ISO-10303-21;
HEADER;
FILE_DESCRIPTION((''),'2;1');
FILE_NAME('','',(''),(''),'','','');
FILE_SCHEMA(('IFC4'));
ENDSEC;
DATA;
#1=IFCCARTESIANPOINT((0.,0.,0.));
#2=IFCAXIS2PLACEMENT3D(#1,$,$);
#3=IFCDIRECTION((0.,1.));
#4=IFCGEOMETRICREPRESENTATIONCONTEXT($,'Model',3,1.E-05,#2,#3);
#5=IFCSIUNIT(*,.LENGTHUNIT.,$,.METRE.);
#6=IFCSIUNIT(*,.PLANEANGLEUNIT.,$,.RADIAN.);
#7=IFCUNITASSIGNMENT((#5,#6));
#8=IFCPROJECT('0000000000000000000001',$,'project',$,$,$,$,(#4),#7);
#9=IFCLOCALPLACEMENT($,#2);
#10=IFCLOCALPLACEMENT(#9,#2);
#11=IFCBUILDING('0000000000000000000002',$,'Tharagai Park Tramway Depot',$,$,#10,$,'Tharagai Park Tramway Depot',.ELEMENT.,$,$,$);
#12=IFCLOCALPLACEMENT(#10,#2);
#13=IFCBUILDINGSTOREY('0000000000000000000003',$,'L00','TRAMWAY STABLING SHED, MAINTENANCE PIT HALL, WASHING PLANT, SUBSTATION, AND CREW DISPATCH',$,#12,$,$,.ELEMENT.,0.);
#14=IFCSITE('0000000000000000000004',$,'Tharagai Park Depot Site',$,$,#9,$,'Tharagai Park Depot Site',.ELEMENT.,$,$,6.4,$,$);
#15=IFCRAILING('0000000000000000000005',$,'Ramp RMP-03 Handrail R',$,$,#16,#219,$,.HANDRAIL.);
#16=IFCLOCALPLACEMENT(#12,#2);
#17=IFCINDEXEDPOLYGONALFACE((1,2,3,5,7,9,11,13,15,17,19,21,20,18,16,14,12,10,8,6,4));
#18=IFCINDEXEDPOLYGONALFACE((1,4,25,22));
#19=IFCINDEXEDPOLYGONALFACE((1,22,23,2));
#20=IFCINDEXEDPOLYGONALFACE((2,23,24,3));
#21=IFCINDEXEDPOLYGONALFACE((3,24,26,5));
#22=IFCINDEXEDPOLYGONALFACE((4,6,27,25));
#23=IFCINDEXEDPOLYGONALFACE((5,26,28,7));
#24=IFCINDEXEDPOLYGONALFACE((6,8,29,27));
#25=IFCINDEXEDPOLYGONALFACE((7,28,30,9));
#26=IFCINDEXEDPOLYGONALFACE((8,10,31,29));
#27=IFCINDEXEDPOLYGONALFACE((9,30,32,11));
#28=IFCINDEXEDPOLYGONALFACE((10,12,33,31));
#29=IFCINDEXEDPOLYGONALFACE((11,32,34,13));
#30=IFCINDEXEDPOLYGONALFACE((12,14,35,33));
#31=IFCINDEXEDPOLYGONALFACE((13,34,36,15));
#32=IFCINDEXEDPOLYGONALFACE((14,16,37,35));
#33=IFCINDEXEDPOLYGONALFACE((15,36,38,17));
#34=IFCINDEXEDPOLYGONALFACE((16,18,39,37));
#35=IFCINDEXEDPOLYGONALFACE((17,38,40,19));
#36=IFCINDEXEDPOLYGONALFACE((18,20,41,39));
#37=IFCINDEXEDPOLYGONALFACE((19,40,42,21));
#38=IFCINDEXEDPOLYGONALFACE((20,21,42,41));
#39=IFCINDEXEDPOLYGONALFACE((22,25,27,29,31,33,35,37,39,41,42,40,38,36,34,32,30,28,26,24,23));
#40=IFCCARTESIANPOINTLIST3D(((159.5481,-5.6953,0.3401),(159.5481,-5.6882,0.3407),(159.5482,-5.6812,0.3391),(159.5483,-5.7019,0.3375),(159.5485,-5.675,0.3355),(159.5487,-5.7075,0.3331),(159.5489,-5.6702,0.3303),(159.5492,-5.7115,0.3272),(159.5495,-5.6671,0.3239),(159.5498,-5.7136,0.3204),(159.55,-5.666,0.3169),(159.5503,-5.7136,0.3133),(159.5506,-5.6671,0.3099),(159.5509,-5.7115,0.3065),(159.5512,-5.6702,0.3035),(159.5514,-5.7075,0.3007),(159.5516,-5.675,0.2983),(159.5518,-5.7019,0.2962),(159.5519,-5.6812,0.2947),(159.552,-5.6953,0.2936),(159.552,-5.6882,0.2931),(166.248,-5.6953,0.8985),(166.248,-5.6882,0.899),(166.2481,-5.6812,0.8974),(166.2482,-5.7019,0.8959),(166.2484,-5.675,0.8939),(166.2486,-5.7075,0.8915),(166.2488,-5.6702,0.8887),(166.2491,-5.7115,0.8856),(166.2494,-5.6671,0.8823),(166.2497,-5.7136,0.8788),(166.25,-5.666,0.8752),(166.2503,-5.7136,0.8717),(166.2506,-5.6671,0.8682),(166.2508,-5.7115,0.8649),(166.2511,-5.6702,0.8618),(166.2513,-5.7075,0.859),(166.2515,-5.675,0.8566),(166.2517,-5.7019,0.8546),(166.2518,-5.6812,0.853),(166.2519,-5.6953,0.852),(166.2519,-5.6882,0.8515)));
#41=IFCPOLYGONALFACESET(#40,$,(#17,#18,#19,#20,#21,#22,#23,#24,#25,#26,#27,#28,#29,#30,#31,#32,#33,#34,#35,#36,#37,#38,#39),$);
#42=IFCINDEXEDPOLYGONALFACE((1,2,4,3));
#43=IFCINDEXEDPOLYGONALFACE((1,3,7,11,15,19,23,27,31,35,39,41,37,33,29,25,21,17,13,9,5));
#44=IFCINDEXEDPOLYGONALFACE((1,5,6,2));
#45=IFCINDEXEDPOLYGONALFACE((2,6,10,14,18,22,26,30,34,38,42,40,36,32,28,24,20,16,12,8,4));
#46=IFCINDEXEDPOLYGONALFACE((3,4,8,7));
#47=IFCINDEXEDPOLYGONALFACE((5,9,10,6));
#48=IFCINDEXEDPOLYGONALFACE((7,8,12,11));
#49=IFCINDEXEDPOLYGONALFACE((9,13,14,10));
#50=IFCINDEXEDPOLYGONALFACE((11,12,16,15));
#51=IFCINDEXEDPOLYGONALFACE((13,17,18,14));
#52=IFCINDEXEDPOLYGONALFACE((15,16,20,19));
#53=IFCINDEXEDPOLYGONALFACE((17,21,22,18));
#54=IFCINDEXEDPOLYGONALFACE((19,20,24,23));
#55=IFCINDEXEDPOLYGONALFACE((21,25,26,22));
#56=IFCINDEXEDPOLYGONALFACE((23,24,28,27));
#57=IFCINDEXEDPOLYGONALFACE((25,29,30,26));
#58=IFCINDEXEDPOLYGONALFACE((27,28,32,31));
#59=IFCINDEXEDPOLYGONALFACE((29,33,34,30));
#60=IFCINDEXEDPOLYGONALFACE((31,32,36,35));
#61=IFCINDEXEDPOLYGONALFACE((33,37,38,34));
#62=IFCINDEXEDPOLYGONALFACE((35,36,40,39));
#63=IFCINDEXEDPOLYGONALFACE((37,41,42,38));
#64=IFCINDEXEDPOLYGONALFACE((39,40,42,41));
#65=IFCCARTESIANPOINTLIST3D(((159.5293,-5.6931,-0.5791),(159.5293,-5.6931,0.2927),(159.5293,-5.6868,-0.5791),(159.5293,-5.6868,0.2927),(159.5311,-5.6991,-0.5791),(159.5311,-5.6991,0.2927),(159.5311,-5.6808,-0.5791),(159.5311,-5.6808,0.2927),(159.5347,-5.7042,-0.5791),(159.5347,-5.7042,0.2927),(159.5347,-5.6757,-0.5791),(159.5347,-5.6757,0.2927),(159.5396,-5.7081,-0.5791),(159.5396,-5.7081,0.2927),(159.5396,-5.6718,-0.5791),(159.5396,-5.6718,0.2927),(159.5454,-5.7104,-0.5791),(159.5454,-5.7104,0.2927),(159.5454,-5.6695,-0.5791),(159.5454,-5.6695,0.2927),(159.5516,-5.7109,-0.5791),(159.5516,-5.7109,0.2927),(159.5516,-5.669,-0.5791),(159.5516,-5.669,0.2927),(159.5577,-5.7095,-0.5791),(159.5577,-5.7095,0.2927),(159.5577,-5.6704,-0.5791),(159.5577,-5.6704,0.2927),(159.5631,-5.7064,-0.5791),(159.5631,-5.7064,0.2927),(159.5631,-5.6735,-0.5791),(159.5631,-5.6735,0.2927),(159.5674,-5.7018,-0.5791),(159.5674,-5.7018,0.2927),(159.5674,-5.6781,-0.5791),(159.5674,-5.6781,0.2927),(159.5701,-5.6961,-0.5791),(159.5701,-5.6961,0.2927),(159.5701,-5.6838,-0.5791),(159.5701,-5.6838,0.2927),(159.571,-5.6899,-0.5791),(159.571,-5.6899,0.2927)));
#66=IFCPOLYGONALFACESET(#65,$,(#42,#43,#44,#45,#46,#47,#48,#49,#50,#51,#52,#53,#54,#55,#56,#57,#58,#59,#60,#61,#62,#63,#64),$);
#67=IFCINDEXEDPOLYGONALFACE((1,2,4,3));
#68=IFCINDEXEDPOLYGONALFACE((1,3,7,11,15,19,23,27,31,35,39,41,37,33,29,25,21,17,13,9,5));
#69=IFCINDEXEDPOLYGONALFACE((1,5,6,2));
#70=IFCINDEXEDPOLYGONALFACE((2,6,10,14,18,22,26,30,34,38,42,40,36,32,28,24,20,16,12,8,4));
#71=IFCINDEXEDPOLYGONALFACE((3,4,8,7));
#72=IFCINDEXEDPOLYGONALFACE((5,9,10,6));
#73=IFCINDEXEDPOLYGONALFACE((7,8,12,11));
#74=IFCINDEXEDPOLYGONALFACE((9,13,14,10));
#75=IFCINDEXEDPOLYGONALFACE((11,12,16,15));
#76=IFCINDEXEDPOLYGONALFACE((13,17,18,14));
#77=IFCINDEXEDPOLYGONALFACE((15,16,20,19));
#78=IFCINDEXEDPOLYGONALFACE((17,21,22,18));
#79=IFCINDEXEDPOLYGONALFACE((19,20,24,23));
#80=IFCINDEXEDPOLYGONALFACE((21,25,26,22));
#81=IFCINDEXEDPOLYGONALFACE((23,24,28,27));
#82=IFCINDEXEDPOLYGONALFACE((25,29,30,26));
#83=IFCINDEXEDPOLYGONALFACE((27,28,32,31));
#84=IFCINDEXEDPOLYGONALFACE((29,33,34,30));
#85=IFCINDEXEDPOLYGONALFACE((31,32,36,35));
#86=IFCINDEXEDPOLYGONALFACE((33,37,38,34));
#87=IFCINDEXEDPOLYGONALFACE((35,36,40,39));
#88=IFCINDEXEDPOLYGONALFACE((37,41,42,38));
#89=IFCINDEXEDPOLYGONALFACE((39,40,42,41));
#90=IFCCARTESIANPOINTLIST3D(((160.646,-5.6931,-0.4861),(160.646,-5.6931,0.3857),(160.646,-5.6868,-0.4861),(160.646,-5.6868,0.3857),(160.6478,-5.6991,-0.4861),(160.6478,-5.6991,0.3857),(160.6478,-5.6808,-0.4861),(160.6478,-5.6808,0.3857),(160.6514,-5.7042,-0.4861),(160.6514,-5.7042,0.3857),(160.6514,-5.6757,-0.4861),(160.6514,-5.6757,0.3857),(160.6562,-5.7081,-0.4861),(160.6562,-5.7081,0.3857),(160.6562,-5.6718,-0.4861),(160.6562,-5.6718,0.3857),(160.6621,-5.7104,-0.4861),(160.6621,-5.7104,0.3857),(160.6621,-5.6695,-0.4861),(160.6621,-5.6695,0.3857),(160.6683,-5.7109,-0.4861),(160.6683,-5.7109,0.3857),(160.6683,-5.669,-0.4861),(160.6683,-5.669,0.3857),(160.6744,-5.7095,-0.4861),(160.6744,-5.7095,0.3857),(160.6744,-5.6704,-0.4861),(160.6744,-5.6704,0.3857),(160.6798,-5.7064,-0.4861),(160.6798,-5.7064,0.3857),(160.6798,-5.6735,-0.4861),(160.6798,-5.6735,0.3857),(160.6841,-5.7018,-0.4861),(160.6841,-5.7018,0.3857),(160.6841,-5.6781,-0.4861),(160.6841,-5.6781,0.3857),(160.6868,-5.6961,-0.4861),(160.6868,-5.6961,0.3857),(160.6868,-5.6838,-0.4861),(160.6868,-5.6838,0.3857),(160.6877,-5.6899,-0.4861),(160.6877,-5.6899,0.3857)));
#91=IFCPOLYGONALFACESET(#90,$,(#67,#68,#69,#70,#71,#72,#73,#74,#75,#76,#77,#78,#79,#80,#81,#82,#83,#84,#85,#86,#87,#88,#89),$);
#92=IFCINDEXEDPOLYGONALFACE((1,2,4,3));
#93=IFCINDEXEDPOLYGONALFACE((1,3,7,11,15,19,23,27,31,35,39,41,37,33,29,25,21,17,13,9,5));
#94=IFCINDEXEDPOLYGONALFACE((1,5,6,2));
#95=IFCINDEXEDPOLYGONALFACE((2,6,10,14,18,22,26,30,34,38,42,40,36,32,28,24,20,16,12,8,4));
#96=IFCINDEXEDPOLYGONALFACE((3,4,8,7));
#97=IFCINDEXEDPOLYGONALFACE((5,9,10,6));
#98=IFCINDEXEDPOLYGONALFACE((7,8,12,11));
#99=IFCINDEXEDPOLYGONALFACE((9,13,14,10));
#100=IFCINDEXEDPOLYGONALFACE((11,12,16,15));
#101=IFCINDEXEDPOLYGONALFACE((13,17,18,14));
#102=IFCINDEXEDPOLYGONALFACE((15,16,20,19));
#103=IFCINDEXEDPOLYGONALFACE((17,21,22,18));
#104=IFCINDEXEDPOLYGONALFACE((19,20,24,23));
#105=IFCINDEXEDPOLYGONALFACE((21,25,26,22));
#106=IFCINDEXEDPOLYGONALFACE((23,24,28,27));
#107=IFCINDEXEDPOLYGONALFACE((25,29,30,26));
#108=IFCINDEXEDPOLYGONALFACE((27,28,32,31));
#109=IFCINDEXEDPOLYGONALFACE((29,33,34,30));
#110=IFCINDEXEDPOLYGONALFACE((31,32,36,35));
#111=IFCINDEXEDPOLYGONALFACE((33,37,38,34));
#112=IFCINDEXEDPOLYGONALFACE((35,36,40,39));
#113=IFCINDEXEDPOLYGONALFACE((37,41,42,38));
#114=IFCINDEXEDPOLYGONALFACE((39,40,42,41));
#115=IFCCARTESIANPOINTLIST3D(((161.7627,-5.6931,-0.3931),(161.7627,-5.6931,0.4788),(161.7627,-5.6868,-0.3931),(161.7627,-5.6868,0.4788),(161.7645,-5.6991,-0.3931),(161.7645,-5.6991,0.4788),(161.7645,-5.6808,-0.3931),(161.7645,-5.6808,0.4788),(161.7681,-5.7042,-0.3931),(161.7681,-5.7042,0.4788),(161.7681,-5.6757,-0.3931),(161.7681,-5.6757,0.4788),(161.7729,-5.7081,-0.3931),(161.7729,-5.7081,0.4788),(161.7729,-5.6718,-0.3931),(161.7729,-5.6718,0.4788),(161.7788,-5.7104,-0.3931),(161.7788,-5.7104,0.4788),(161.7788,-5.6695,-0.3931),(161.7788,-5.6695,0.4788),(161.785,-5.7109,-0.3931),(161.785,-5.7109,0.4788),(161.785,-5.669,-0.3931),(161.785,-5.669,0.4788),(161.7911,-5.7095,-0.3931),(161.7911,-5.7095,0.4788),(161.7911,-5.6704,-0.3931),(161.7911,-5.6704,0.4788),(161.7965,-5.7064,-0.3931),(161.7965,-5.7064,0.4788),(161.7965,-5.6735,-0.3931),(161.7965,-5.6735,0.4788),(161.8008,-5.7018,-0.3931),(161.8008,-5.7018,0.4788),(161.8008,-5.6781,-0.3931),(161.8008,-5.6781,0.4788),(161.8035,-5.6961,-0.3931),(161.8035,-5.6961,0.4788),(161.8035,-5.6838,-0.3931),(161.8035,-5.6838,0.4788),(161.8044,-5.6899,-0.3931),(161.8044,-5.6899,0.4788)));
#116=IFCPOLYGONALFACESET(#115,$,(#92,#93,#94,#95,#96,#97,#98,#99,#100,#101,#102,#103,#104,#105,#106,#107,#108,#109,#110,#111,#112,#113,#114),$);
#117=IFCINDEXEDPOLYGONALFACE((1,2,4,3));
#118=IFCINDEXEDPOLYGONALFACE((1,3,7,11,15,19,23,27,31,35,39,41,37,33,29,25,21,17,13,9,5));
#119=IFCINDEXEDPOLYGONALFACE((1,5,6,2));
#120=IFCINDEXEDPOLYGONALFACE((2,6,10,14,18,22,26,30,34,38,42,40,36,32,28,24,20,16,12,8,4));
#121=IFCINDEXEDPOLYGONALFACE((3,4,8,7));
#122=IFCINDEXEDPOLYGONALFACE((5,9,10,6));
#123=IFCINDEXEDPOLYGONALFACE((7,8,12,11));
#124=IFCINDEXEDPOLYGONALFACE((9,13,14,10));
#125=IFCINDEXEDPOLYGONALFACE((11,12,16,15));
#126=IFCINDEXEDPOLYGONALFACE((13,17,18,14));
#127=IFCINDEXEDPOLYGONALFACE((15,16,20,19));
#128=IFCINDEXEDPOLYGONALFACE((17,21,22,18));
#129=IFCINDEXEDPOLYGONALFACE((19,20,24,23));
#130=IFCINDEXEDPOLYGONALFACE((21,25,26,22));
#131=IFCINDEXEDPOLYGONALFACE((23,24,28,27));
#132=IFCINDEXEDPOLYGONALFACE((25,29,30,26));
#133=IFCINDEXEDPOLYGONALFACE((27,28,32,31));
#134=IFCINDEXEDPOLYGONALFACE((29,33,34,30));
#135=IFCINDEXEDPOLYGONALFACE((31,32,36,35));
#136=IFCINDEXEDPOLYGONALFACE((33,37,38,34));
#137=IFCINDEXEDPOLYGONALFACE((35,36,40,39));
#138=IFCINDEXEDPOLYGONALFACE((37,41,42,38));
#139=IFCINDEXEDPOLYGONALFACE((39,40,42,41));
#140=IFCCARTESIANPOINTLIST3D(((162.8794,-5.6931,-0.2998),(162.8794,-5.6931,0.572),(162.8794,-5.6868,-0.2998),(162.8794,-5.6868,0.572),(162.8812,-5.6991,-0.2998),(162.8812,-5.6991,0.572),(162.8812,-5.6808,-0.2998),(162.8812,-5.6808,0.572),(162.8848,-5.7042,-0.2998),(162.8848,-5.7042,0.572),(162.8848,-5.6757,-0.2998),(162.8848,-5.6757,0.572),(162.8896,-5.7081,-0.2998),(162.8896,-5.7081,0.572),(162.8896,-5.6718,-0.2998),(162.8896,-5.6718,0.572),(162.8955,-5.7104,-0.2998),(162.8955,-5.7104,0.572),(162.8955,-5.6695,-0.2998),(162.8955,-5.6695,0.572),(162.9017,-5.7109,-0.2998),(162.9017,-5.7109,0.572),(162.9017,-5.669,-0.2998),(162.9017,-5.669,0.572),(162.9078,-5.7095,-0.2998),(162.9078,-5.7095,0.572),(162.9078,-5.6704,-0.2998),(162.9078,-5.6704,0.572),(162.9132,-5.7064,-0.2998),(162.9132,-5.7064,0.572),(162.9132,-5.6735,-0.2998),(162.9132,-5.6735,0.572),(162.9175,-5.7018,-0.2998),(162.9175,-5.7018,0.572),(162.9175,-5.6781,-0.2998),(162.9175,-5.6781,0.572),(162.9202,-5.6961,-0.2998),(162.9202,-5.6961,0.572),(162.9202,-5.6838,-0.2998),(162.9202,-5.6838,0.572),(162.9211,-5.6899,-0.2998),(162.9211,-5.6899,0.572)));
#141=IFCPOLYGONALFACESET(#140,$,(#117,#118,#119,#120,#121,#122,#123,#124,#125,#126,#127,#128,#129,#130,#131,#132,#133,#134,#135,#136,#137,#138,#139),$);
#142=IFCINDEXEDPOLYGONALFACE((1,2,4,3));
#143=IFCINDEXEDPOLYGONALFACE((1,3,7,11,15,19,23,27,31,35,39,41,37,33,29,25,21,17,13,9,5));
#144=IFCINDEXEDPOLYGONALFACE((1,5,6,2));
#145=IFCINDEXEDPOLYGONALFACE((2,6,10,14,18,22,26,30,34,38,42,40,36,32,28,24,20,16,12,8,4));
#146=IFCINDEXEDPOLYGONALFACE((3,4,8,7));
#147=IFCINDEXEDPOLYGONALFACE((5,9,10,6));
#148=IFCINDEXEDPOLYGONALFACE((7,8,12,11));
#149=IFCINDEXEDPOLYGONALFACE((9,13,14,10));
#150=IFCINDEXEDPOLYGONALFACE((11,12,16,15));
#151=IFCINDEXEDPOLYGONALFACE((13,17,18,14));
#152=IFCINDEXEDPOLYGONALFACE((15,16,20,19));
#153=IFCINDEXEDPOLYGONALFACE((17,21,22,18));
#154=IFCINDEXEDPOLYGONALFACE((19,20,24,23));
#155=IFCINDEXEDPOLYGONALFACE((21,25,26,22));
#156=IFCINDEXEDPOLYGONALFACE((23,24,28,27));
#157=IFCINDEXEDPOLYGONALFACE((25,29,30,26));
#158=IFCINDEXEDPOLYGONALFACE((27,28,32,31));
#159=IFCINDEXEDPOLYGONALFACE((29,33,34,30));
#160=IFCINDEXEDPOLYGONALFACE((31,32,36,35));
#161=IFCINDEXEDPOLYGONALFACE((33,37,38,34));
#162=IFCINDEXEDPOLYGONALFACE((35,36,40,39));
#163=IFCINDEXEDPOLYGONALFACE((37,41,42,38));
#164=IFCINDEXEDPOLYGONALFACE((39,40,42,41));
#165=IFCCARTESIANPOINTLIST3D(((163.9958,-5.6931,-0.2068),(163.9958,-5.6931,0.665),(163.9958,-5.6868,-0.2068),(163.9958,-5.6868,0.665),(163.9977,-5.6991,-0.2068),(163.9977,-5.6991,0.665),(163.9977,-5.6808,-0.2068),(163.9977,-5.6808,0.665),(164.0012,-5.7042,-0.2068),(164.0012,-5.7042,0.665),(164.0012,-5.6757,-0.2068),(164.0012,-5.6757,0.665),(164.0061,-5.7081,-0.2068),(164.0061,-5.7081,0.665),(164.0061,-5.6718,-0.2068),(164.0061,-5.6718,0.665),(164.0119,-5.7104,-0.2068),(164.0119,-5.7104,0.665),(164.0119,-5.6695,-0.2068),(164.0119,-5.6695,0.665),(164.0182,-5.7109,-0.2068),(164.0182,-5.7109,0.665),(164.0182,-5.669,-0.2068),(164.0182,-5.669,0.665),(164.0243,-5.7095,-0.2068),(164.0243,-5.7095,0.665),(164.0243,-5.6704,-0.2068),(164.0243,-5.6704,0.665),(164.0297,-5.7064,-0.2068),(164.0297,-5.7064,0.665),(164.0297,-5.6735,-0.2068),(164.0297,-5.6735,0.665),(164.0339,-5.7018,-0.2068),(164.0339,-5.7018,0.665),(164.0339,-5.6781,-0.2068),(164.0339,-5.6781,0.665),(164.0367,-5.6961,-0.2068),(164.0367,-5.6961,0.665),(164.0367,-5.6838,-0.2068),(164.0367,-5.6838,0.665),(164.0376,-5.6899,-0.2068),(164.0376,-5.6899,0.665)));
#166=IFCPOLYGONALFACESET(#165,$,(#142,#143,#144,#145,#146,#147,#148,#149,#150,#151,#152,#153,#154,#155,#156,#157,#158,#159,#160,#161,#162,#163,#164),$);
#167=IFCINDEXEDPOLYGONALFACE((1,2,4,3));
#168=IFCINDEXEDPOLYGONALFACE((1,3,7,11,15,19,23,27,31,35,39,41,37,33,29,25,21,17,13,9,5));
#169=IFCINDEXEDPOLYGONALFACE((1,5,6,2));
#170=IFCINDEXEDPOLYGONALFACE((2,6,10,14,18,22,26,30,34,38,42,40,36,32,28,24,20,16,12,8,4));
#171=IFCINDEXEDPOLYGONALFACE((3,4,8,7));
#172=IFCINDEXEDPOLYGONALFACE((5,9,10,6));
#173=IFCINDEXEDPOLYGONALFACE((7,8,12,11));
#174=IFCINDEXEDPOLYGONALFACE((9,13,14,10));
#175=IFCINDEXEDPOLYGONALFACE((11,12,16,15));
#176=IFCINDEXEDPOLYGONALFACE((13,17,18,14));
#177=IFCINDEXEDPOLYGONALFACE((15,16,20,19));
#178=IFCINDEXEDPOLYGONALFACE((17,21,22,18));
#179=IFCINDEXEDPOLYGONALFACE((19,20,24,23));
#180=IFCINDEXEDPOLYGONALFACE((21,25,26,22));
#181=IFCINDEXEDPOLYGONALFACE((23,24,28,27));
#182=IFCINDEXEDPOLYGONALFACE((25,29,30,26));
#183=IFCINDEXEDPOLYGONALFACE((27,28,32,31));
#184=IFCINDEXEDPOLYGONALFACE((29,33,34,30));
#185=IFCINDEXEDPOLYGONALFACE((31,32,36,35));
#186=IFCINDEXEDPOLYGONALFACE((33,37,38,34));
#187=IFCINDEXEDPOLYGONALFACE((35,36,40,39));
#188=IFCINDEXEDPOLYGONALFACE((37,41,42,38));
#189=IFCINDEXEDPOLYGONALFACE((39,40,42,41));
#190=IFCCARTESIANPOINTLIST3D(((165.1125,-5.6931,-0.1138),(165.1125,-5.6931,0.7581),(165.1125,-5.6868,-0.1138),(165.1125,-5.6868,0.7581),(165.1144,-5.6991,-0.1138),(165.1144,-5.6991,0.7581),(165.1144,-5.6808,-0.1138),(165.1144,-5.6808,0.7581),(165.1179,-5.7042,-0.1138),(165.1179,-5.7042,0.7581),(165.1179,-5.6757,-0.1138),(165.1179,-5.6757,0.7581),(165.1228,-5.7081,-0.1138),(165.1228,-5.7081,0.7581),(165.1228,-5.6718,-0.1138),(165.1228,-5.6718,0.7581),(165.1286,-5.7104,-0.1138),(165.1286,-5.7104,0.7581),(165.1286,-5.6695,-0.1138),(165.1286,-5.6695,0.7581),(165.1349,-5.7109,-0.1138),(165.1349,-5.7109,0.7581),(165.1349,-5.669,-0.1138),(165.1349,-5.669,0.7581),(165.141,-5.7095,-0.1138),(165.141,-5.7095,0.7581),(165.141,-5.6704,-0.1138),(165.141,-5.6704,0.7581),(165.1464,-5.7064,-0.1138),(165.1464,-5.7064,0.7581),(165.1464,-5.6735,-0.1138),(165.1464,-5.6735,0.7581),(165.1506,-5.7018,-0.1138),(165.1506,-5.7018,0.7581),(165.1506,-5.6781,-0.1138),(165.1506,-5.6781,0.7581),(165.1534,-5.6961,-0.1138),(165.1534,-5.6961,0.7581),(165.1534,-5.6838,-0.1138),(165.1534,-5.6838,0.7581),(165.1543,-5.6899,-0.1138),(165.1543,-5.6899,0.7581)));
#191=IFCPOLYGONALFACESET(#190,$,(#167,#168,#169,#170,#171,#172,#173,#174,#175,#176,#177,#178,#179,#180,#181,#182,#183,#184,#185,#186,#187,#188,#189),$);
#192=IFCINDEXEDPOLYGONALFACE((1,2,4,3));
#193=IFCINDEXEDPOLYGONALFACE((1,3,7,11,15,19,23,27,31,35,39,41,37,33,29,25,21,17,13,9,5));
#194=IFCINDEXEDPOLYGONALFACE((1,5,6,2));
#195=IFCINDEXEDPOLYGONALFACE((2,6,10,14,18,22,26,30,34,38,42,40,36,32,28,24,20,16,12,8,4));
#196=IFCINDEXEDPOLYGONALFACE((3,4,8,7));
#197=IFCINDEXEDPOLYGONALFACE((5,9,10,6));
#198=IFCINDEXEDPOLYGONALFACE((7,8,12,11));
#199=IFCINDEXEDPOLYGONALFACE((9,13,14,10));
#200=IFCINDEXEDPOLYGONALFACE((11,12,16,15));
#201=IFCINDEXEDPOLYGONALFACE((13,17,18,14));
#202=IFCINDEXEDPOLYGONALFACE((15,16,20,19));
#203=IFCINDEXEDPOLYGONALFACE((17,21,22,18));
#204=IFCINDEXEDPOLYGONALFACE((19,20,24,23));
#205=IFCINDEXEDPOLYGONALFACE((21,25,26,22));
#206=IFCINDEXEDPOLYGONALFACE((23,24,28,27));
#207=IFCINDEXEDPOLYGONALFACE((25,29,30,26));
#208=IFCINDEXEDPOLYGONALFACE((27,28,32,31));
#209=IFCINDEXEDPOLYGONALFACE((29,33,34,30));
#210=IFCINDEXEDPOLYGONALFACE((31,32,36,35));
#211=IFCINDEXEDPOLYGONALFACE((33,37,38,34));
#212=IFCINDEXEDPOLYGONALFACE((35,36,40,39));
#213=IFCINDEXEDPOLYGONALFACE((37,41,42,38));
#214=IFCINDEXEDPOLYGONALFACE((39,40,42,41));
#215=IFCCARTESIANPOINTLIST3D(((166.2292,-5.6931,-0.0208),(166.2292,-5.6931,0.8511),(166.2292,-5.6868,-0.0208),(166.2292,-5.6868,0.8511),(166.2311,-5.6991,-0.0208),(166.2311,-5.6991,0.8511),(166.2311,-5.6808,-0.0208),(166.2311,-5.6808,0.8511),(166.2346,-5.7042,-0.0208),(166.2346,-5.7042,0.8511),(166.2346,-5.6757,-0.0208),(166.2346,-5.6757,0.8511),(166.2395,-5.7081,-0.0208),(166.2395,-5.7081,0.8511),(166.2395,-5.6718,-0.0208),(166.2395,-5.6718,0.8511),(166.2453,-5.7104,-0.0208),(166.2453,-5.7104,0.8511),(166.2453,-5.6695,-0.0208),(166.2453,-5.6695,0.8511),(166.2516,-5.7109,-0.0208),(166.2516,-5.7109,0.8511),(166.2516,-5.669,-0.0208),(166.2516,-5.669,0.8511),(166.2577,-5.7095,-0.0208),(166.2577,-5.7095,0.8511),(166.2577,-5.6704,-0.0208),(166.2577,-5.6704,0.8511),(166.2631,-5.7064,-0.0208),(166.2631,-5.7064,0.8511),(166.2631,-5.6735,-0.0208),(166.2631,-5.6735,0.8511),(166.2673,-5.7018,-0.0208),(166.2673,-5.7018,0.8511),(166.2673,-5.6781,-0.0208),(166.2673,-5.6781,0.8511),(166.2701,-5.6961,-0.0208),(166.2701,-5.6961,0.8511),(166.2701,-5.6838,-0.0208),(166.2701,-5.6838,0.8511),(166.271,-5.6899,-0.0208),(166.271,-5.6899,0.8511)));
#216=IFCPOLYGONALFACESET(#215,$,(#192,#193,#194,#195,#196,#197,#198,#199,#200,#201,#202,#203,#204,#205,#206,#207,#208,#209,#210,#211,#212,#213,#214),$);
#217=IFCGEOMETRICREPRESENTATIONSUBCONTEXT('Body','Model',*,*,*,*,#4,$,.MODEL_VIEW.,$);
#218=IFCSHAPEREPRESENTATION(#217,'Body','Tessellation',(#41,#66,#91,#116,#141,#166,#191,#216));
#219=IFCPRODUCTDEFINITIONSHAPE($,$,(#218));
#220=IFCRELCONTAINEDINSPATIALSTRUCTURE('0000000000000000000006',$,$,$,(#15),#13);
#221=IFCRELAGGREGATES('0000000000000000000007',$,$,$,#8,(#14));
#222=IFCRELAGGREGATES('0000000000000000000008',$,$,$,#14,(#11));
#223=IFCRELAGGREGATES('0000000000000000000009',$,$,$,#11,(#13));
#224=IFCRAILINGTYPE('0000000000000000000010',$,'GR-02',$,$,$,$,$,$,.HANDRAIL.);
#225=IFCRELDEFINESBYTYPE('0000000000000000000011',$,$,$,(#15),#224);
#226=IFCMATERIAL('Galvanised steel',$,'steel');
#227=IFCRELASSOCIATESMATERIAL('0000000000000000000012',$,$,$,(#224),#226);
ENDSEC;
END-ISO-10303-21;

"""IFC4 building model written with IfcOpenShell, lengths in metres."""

from ifc_helpers import new_model, si_unit, direction, frame, origin, origin_2d, place, context, subcontext, project, spatial, circle, extrude, material, type_object, element, save


model = new_model("IFC4")

# Units and contexts
model_context = context("Model", 3, precision=1e-05, world=origin(), true_north=direction((0.0, 1.0)))
body_context = subcontext(model_context, "Body", "Model", "MODEL_VIEW")
ifc_project = project(units=[si_unit("LENGTHUNIT", "METRE"), si_unit("PLANEANGLEUNIT", "RADIAN")], contexts=[model_context])

# Site, building, storey
site_placement = place(None, origin())
site = spatial("IfcSite", under=ifc_project, at=site_placement, Name="Tharagai Park Depot Site", LongName="Tharagai Park Depot Site", CompositionType="ELEMENT", RefElevation=6.4)
building_placement = place(site_placement, origin())
building = spatial("IfcBuilding", under=site, at=building_placement, Name="Tharagai Park Tramway Depot", LongName="Tharagai Park Tramway Depot", CompositionType="ELEMENT")
storey_placement = place(building_placement, origin())
storey = spatial("IfcBuildingStorey", under=building, at=storey_placement, Name="L00", Description="TRAMWAY STABLING SHED, MAINTENANCE PIT HALL, WASHING PLANT, SUBSTATION, AND CREW DISPATCH", CompositionType="ELEMENT", Elevation=0.0)

# Railing
ifc_material_1 = material(Name="Galvanised steel", Category="steel")
railing_type = type_object("IfcRailingType", Name="GR-02", PredefinedType="HANDRAIL", material=ifc_material_1)
for number, where, name in (
    (1, (159.55, -5.6899, -0.5791), "Ramp RMP-03 Handrail R"),
):
    element("IfcRailing", number, at=place(storey_placement, frame(where)), inside=storey, type_object=railing_type, Name=name, PredefinedType="HANDRAIL", context=body_context, shape_type="SweptSolid", body=[
        extrude(circle(Radius=0.0239, at=origin_2d()), frame((0.0, 0.0, 0.896), z_axis=(0.996546, 0.0, 0.083048), x_axis=(0.0, 1.0, 0.0)), (0.0, 0.0, 1.0), 6.7231),
        extrude(circle(Radius=0.021, at=origin_2d()), origin(), (0.0, 0.0, 1.0), 0.8718),
        extrude(circle(Radius=0.021, at=origin_2d()), frame((1.1167, 0.0, 0.093)), (0.0, 0.0, 1.0), 0.8718),
        extrude(circle(Radius=0.021, at=origin_2d()), frame((2.2334, 0.0, 0.186)), (0.0, 0.0, 1.0), 0.8718),
        extrude(circle(Radius=0.021, at=origin_2d()), frame((3.3501, 0.0, 0.2793)), (0.0, 0.0, 1.0), 0.8718),
        extrude(circle(Radius=0.021, at=origin_2d()), frame((4.4666, 0.0, 0.3723)), (0.0, 0.0, 1.0), 0.8718),
        extrude(circle(Radius=0.021, at=origin_2d()), frame((5.5833, 0.0, 0.4653)), (0.0, 0.0, 1.0), 0.8718),
        extrude(circle(Radius=0.021, at=origin_2d()), frame((6.7, 0.0, 0.5583)), (0.0, 0.0, 1.0), 0.8718),
    ])

save(model, "model.ifc")
